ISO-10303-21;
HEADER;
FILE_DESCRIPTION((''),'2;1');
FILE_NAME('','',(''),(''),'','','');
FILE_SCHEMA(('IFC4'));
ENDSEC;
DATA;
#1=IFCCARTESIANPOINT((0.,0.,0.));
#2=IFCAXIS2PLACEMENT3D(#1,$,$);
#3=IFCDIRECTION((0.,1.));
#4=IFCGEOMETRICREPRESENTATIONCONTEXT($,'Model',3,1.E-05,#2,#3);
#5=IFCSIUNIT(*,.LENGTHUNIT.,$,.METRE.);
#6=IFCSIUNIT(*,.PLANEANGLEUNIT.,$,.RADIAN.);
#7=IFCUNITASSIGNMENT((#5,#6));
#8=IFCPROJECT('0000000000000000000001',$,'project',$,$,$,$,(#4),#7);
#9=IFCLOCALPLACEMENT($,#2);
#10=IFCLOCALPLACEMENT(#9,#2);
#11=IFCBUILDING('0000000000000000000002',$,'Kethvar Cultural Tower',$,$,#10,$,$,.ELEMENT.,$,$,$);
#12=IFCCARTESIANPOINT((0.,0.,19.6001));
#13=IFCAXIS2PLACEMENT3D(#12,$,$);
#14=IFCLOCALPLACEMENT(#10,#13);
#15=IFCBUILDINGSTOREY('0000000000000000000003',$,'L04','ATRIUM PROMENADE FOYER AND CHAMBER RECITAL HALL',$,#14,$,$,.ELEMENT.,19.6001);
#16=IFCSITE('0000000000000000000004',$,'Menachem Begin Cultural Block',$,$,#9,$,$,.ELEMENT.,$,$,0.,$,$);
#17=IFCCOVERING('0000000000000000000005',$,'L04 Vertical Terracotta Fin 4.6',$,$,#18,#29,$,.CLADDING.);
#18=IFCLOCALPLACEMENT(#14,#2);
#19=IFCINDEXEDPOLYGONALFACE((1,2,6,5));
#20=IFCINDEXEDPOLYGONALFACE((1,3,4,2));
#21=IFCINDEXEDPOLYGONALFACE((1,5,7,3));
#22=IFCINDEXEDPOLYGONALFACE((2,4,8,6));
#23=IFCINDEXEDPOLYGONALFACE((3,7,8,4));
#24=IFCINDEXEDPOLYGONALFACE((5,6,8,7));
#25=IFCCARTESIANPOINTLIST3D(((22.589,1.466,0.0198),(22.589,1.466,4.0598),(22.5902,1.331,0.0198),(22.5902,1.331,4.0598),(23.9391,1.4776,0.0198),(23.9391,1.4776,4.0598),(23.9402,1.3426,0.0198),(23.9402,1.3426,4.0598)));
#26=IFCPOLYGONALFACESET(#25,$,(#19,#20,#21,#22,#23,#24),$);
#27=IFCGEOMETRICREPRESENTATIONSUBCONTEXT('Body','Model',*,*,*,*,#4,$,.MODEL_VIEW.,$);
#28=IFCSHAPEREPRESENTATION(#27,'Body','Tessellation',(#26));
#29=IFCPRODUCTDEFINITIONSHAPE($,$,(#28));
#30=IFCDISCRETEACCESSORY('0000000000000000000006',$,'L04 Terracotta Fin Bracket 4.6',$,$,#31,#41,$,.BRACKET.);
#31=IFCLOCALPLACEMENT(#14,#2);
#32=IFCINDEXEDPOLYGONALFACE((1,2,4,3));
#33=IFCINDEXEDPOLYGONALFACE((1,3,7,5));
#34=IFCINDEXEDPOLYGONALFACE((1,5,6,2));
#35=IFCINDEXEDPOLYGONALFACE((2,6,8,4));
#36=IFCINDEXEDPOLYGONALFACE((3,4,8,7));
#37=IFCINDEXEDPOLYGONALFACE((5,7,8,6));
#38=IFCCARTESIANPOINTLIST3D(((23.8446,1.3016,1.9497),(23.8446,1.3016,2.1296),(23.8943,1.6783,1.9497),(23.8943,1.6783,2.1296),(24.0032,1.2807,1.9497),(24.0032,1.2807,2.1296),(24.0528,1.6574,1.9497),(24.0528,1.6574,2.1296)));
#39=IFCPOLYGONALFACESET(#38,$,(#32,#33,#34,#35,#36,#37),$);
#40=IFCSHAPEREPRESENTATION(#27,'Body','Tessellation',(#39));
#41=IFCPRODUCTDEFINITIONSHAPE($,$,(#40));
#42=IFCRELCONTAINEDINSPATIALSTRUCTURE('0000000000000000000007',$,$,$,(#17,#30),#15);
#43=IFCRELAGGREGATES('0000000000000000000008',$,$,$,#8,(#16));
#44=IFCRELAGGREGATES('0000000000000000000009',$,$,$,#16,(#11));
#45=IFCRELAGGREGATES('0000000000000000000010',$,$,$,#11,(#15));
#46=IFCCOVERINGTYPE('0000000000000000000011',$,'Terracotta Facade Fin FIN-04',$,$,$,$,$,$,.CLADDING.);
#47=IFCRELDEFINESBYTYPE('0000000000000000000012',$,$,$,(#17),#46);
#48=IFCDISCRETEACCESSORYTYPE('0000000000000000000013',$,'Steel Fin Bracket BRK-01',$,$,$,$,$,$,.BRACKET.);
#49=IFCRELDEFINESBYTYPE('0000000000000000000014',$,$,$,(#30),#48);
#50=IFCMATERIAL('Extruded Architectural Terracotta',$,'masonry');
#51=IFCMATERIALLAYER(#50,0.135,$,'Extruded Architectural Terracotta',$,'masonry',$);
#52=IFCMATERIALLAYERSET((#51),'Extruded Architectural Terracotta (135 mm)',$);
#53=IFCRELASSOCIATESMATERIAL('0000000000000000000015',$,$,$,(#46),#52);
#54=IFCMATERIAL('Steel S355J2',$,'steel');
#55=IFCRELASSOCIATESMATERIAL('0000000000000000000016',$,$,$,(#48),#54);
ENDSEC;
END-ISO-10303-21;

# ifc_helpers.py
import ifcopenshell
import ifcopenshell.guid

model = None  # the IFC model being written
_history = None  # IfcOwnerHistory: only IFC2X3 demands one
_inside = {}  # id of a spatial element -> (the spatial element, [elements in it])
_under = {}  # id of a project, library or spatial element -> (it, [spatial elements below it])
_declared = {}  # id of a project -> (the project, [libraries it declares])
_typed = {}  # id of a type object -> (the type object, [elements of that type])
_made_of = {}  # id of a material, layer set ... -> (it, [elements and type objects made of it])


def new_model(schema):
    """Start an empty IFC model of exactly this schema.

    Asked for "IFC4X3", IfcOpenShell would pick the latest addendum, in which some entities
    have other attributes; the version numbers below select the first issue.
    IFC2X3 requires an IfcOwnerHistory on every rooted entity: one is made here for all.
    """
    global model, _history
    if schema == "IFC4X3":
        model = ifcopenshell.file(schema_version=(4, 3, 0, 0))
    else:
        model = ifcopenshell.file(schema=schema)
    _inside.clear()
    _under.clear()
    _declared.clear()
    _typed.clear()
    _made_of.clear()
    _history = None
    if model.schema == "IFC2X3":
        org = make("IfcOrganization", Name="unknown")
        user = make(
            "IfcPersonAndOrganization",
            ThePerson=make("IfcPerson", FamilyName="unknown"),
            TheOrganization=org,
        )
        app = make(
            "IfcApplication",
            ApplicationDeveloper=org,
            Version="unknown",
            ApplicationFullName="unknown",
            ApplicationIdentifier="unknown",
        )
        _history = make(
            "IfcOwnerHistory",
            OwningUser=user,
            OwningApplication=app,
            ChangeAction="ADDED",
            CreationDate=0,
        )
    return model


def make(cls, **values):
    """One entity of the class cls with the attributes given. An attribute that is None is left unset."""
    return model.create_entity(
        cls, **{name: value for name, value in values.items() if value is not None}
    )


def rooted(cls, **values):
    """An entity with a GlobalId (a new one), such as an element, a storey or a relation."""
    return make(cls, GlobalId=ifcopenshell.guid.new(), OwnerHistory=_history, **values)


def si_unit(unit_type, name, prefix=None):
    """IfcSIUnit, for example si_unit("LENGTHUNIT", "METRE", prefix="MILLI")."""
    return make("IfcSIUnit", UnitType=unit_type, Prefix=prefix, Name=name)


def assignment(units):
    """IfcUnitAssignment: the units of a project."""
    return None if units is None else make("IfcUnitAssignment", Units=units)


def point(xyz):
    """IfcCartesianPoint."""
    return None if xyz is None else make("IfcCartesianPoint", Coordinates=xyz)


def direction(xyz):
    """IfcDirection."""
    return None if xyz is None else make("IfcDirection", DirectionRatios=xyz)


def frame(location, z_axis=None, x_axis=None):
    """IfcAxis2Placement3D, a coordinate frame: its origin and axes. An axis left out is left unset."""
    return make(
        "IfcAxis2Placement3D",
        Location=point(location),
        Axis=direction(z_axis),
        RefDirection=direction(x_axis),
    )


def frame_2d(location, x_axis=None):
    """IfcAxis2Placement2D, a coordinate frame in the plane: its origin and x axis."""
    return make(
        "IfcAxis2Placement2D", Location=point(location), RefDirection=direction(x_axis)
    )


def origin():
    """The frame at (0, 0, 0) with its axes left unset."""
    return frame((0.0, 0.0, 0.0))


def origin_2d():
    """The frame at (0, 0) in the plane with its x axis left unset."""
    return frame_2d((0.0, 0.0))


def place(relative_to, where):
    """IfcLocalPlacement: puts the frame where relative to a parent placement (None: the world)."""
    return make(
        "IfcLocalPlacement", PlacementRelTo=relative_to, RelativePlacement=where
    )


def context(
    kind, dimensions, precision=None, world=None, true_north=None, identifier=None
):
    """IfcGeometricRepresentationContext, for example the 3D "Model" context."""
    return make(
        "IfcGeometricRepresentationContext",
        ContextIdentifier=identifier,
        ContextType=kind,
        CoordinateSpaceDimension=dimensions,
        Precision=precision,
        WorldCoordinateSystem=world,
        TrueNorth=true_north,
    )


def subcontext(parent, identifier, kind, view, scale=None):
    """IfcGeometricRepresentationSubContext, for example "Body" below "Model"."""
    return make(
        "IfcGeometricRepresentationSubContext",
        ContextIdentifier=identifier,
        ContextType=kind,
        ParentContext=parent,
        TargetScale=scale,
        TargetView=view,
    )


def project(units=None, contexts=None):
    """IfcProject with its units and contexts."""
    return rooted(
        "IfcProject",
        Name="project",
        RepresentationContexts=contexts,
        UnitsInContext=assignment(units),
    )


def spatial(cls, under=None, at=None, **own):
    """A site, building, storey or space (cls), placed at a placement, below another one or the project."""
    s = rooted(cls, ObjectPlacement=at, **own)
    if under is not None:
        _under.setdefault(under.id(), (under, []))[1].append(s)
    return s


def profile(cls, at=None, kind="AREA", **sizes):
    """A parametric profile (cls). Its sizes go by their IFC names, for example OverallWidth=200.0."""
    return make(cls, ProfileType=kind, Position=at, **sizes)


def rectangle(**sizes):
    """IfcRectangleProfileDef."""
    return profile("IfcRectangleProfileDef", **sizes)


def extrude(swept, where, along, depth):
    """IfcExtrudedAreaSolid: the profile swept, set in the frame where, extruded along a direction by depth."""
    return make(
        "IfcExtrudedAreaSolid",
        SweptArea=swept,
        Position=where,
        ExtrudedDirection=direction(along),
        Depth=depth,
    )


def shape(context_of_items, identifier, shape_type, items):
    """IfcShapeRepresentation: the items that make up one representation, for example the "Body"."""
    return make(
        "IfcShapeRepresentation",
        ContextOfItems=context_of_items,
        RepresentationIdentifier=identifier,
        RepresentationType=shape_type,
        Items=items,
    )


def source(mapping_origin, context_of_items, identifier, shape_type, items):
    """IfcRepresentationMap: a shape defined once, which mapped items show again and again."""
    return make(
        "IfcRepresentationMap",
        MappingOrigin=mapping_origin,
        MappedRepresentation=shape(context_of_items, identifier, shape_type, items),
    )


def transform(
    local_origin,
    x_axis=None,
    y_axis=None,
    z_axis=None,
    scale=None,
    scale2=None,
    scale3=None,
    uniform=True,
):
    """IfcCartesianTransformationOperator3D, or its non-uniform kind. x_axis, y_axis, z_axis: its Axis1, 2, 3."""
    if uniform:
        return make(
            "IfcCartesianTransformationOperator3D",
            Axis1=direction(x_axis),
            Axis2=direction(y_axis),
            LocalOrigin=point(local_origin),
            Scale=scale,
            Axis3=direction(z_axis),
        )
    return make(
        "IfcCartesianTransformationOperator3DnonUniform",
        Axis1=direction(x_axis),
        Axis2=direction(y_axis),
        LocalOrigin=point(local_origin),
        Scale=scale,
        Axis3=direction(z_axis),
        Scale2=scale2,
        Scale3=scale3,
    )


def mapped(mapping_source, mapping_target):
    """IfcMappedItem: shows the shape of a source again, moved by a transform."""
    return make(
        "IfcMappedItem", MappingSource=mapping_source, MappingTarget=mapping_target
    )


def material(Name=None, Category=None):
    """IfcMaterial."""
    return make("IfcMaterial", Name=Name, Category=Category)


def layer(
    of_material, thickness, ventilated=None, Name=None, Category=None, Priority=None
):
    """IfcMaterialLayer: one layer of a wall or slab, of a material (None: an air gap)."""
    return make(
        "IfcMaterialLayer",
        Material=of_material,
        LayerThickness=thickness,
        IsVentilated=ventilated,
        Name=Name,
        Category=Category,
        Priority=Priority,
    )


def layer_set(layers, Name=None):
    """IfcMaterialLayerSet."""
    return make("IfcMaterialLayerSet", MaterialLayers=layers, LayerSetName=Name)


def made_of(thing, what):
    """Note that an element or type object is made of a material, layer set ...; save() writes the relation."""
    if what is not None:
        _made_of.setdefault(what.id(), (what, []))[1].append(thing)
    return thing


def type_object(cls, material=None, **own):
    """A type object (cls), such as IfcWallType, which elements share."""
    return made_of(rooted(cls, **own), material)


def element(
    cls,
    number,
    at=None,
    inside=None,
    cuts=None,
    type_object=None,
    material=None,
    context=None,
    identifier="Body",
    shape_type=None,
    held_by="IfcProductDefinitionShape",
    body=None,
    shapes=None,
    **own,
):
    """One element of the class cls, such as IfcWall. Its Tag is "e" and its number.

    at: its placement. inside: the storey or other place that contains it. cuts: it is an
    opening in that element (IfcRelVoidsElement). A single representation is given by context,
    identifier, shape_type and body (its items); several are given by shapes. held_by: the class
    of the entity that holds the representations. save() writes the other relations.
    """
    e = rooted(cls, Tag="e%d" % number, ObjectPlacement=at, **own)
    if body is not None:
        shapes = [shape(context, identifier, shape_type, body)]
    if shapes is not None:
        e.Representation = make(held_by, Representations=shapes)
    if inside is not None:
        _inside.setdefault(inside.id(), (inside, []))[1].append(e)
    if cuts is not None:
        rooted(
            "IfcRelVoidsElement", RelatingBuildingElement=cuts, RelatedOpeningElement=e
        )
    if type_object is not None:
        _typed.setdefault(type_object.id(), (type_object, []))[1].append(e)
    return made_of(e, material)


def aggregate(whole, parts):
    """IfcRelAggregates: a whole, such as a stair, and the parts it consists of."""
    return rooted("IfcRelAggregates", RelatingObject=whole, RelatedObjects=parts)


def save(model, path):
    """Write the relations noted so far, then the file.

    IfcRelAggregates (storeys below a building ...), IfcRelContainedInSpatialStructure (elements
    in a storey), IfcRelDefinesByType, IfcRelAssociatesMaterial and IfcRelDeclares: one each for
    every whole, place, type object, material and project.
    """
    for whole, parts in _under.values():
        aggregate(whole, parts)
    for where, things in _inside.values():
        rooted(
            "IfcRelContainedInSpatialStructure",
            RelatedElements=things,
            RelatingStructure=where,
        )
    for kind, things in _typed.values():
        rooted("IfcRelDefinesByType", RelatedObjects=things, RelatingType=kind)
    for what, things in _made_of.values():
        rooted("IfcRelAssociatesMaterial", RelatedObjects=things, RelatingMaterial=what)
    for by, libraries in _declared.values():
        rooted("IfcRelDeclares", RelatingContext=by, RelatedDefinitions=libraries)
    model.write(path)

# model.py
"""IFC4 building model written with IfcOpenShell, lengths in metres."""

from ifc_helpers import new_model, si_unit, direction, frame, origin, origin_2d, place, context, subcontext, project, spatial, rectangle, extrude, source, transform, mapped, material, layer, layer_set, type_object, element, save


model = new_model("IFC4")

# Units and contexts
model_context = context("Model", 3, precision=1e-05, world=origin(), true_north=direction((0.0, 1.0)))
body_context = subcontext(model_context, "Body", "Model", "MODEL_VIEW")
ifc_project = project(units=[si_unit("LENGTHUNIT", "METRE"), si_unit("PLANEANGLEUNIT", "RADIAN")], contexts=[model_context])

# Site, building, storey
site_placement = place(None, origin())
site = spatial("IfcSite", under=ifc_project, at=site_placement, Name="Menachem Begin Cultural Block", CompositionType="ELEMENT", RefElevation=0.0)
building_placement = place(site_placement, origin())
building = spatial("IfcBuilding", under=site, at=building_placement, Name="Kethvar Cultural Tower", CompositionType="ELEMENT")
storey_placement = place(building_placement, frame((0.0, 0.0, 19.6001)))
storey = spatial("IfcBuildingStorey", under=building, at=storey_placement, Name="L04", Description="ATRIUM PROMENADE FOYER AND CHAMBER RECITAL HALL", CompositionType="ELEMENT", Elevation=19.6001)

# Shared definitions
ifc_material_1 = material(Name="Steel S355J2", Category="steel")

# Covering
ifc_material_2 = material(Name="Extruded Architectural Terracotta", Category="masonry")
ifc_layer_1 = layer(ifc_material_2, 0.135, Name="Extruded Architectural Terracotta", Category="masonry")
ifc_layer_set_1 = layer_set([ifc_layer_1], Name="Extruded Architectural Terracotta (135 mm)")
covering_type = type_object("IfcCoveringType", Name="Terracotta Facade Fin FIN-04", PredefinedType="CLADDING", material=ifc_layer_set_1)
shared_shape_1 = source(origin(), body_context, "Body", "SweptSolid", [
    extrude(rectangle(XDim=1.3501, YDim=0.135, at=origin_2d()), origin(), (0.0, 0.0, 1.0), 4.04),
])
covering_placement = place(storey_placement, frame((23.2646, 1.4043, 0.0198), z_axis=(0.0, 0.0, 1.0), x_axis=(-0.999963, -0.008552, 0.0)))
element("IfcCovering", 1, at=covering_placement, inside=storey, type_object=covering_type, Name="L04 Vertical Terracotta Fin 4.6", PredefinedType="CLADDING", context=body_context, shape_type="MappedRepresentation", body=[
    mapped(shared_shape_1, transform((0.0, 0.0, 0.0), scale=1.0)),
])

# Discrete accessory
discrete_accessory_type = type_object("IfcDiscreteAccessoryType", Name="Steel Fin Bracket BRK-01", PredefinedType="BRACKET", material=ifc_material_1)
shared_shape_2 = source(origin(), body_context, "Body", "SweptSolid", [
    extrude(rectangle(XDim=0.3799, YDim=0.1599, at=origin_2d()), origin(), (0.0, 0.0, 1.0), 0.1799),
])
discrete_accessory_placement = place(storey_placement, frame((23.9487, 1.4795, 1.9497), z_axis=(0.0, 0.0, 1.0), x_axis=(-0.130699, -0.991422, 0.0)))
element("IfcDiscreteAccessory", 2, at=discrete_accessory_placement, inside=storey, type_object=discrete_accessory_type, Name="L04 Terracotta Fin Bracket 4.6", PredefinedType="BRACKET", context=body_context, shape_type="MappedRepresentation", body=[
    mapped(shared_shape_2, transform((0.0, 0.0, 0.0), scale=1.0)),
])

save(model, "model.ifc")
